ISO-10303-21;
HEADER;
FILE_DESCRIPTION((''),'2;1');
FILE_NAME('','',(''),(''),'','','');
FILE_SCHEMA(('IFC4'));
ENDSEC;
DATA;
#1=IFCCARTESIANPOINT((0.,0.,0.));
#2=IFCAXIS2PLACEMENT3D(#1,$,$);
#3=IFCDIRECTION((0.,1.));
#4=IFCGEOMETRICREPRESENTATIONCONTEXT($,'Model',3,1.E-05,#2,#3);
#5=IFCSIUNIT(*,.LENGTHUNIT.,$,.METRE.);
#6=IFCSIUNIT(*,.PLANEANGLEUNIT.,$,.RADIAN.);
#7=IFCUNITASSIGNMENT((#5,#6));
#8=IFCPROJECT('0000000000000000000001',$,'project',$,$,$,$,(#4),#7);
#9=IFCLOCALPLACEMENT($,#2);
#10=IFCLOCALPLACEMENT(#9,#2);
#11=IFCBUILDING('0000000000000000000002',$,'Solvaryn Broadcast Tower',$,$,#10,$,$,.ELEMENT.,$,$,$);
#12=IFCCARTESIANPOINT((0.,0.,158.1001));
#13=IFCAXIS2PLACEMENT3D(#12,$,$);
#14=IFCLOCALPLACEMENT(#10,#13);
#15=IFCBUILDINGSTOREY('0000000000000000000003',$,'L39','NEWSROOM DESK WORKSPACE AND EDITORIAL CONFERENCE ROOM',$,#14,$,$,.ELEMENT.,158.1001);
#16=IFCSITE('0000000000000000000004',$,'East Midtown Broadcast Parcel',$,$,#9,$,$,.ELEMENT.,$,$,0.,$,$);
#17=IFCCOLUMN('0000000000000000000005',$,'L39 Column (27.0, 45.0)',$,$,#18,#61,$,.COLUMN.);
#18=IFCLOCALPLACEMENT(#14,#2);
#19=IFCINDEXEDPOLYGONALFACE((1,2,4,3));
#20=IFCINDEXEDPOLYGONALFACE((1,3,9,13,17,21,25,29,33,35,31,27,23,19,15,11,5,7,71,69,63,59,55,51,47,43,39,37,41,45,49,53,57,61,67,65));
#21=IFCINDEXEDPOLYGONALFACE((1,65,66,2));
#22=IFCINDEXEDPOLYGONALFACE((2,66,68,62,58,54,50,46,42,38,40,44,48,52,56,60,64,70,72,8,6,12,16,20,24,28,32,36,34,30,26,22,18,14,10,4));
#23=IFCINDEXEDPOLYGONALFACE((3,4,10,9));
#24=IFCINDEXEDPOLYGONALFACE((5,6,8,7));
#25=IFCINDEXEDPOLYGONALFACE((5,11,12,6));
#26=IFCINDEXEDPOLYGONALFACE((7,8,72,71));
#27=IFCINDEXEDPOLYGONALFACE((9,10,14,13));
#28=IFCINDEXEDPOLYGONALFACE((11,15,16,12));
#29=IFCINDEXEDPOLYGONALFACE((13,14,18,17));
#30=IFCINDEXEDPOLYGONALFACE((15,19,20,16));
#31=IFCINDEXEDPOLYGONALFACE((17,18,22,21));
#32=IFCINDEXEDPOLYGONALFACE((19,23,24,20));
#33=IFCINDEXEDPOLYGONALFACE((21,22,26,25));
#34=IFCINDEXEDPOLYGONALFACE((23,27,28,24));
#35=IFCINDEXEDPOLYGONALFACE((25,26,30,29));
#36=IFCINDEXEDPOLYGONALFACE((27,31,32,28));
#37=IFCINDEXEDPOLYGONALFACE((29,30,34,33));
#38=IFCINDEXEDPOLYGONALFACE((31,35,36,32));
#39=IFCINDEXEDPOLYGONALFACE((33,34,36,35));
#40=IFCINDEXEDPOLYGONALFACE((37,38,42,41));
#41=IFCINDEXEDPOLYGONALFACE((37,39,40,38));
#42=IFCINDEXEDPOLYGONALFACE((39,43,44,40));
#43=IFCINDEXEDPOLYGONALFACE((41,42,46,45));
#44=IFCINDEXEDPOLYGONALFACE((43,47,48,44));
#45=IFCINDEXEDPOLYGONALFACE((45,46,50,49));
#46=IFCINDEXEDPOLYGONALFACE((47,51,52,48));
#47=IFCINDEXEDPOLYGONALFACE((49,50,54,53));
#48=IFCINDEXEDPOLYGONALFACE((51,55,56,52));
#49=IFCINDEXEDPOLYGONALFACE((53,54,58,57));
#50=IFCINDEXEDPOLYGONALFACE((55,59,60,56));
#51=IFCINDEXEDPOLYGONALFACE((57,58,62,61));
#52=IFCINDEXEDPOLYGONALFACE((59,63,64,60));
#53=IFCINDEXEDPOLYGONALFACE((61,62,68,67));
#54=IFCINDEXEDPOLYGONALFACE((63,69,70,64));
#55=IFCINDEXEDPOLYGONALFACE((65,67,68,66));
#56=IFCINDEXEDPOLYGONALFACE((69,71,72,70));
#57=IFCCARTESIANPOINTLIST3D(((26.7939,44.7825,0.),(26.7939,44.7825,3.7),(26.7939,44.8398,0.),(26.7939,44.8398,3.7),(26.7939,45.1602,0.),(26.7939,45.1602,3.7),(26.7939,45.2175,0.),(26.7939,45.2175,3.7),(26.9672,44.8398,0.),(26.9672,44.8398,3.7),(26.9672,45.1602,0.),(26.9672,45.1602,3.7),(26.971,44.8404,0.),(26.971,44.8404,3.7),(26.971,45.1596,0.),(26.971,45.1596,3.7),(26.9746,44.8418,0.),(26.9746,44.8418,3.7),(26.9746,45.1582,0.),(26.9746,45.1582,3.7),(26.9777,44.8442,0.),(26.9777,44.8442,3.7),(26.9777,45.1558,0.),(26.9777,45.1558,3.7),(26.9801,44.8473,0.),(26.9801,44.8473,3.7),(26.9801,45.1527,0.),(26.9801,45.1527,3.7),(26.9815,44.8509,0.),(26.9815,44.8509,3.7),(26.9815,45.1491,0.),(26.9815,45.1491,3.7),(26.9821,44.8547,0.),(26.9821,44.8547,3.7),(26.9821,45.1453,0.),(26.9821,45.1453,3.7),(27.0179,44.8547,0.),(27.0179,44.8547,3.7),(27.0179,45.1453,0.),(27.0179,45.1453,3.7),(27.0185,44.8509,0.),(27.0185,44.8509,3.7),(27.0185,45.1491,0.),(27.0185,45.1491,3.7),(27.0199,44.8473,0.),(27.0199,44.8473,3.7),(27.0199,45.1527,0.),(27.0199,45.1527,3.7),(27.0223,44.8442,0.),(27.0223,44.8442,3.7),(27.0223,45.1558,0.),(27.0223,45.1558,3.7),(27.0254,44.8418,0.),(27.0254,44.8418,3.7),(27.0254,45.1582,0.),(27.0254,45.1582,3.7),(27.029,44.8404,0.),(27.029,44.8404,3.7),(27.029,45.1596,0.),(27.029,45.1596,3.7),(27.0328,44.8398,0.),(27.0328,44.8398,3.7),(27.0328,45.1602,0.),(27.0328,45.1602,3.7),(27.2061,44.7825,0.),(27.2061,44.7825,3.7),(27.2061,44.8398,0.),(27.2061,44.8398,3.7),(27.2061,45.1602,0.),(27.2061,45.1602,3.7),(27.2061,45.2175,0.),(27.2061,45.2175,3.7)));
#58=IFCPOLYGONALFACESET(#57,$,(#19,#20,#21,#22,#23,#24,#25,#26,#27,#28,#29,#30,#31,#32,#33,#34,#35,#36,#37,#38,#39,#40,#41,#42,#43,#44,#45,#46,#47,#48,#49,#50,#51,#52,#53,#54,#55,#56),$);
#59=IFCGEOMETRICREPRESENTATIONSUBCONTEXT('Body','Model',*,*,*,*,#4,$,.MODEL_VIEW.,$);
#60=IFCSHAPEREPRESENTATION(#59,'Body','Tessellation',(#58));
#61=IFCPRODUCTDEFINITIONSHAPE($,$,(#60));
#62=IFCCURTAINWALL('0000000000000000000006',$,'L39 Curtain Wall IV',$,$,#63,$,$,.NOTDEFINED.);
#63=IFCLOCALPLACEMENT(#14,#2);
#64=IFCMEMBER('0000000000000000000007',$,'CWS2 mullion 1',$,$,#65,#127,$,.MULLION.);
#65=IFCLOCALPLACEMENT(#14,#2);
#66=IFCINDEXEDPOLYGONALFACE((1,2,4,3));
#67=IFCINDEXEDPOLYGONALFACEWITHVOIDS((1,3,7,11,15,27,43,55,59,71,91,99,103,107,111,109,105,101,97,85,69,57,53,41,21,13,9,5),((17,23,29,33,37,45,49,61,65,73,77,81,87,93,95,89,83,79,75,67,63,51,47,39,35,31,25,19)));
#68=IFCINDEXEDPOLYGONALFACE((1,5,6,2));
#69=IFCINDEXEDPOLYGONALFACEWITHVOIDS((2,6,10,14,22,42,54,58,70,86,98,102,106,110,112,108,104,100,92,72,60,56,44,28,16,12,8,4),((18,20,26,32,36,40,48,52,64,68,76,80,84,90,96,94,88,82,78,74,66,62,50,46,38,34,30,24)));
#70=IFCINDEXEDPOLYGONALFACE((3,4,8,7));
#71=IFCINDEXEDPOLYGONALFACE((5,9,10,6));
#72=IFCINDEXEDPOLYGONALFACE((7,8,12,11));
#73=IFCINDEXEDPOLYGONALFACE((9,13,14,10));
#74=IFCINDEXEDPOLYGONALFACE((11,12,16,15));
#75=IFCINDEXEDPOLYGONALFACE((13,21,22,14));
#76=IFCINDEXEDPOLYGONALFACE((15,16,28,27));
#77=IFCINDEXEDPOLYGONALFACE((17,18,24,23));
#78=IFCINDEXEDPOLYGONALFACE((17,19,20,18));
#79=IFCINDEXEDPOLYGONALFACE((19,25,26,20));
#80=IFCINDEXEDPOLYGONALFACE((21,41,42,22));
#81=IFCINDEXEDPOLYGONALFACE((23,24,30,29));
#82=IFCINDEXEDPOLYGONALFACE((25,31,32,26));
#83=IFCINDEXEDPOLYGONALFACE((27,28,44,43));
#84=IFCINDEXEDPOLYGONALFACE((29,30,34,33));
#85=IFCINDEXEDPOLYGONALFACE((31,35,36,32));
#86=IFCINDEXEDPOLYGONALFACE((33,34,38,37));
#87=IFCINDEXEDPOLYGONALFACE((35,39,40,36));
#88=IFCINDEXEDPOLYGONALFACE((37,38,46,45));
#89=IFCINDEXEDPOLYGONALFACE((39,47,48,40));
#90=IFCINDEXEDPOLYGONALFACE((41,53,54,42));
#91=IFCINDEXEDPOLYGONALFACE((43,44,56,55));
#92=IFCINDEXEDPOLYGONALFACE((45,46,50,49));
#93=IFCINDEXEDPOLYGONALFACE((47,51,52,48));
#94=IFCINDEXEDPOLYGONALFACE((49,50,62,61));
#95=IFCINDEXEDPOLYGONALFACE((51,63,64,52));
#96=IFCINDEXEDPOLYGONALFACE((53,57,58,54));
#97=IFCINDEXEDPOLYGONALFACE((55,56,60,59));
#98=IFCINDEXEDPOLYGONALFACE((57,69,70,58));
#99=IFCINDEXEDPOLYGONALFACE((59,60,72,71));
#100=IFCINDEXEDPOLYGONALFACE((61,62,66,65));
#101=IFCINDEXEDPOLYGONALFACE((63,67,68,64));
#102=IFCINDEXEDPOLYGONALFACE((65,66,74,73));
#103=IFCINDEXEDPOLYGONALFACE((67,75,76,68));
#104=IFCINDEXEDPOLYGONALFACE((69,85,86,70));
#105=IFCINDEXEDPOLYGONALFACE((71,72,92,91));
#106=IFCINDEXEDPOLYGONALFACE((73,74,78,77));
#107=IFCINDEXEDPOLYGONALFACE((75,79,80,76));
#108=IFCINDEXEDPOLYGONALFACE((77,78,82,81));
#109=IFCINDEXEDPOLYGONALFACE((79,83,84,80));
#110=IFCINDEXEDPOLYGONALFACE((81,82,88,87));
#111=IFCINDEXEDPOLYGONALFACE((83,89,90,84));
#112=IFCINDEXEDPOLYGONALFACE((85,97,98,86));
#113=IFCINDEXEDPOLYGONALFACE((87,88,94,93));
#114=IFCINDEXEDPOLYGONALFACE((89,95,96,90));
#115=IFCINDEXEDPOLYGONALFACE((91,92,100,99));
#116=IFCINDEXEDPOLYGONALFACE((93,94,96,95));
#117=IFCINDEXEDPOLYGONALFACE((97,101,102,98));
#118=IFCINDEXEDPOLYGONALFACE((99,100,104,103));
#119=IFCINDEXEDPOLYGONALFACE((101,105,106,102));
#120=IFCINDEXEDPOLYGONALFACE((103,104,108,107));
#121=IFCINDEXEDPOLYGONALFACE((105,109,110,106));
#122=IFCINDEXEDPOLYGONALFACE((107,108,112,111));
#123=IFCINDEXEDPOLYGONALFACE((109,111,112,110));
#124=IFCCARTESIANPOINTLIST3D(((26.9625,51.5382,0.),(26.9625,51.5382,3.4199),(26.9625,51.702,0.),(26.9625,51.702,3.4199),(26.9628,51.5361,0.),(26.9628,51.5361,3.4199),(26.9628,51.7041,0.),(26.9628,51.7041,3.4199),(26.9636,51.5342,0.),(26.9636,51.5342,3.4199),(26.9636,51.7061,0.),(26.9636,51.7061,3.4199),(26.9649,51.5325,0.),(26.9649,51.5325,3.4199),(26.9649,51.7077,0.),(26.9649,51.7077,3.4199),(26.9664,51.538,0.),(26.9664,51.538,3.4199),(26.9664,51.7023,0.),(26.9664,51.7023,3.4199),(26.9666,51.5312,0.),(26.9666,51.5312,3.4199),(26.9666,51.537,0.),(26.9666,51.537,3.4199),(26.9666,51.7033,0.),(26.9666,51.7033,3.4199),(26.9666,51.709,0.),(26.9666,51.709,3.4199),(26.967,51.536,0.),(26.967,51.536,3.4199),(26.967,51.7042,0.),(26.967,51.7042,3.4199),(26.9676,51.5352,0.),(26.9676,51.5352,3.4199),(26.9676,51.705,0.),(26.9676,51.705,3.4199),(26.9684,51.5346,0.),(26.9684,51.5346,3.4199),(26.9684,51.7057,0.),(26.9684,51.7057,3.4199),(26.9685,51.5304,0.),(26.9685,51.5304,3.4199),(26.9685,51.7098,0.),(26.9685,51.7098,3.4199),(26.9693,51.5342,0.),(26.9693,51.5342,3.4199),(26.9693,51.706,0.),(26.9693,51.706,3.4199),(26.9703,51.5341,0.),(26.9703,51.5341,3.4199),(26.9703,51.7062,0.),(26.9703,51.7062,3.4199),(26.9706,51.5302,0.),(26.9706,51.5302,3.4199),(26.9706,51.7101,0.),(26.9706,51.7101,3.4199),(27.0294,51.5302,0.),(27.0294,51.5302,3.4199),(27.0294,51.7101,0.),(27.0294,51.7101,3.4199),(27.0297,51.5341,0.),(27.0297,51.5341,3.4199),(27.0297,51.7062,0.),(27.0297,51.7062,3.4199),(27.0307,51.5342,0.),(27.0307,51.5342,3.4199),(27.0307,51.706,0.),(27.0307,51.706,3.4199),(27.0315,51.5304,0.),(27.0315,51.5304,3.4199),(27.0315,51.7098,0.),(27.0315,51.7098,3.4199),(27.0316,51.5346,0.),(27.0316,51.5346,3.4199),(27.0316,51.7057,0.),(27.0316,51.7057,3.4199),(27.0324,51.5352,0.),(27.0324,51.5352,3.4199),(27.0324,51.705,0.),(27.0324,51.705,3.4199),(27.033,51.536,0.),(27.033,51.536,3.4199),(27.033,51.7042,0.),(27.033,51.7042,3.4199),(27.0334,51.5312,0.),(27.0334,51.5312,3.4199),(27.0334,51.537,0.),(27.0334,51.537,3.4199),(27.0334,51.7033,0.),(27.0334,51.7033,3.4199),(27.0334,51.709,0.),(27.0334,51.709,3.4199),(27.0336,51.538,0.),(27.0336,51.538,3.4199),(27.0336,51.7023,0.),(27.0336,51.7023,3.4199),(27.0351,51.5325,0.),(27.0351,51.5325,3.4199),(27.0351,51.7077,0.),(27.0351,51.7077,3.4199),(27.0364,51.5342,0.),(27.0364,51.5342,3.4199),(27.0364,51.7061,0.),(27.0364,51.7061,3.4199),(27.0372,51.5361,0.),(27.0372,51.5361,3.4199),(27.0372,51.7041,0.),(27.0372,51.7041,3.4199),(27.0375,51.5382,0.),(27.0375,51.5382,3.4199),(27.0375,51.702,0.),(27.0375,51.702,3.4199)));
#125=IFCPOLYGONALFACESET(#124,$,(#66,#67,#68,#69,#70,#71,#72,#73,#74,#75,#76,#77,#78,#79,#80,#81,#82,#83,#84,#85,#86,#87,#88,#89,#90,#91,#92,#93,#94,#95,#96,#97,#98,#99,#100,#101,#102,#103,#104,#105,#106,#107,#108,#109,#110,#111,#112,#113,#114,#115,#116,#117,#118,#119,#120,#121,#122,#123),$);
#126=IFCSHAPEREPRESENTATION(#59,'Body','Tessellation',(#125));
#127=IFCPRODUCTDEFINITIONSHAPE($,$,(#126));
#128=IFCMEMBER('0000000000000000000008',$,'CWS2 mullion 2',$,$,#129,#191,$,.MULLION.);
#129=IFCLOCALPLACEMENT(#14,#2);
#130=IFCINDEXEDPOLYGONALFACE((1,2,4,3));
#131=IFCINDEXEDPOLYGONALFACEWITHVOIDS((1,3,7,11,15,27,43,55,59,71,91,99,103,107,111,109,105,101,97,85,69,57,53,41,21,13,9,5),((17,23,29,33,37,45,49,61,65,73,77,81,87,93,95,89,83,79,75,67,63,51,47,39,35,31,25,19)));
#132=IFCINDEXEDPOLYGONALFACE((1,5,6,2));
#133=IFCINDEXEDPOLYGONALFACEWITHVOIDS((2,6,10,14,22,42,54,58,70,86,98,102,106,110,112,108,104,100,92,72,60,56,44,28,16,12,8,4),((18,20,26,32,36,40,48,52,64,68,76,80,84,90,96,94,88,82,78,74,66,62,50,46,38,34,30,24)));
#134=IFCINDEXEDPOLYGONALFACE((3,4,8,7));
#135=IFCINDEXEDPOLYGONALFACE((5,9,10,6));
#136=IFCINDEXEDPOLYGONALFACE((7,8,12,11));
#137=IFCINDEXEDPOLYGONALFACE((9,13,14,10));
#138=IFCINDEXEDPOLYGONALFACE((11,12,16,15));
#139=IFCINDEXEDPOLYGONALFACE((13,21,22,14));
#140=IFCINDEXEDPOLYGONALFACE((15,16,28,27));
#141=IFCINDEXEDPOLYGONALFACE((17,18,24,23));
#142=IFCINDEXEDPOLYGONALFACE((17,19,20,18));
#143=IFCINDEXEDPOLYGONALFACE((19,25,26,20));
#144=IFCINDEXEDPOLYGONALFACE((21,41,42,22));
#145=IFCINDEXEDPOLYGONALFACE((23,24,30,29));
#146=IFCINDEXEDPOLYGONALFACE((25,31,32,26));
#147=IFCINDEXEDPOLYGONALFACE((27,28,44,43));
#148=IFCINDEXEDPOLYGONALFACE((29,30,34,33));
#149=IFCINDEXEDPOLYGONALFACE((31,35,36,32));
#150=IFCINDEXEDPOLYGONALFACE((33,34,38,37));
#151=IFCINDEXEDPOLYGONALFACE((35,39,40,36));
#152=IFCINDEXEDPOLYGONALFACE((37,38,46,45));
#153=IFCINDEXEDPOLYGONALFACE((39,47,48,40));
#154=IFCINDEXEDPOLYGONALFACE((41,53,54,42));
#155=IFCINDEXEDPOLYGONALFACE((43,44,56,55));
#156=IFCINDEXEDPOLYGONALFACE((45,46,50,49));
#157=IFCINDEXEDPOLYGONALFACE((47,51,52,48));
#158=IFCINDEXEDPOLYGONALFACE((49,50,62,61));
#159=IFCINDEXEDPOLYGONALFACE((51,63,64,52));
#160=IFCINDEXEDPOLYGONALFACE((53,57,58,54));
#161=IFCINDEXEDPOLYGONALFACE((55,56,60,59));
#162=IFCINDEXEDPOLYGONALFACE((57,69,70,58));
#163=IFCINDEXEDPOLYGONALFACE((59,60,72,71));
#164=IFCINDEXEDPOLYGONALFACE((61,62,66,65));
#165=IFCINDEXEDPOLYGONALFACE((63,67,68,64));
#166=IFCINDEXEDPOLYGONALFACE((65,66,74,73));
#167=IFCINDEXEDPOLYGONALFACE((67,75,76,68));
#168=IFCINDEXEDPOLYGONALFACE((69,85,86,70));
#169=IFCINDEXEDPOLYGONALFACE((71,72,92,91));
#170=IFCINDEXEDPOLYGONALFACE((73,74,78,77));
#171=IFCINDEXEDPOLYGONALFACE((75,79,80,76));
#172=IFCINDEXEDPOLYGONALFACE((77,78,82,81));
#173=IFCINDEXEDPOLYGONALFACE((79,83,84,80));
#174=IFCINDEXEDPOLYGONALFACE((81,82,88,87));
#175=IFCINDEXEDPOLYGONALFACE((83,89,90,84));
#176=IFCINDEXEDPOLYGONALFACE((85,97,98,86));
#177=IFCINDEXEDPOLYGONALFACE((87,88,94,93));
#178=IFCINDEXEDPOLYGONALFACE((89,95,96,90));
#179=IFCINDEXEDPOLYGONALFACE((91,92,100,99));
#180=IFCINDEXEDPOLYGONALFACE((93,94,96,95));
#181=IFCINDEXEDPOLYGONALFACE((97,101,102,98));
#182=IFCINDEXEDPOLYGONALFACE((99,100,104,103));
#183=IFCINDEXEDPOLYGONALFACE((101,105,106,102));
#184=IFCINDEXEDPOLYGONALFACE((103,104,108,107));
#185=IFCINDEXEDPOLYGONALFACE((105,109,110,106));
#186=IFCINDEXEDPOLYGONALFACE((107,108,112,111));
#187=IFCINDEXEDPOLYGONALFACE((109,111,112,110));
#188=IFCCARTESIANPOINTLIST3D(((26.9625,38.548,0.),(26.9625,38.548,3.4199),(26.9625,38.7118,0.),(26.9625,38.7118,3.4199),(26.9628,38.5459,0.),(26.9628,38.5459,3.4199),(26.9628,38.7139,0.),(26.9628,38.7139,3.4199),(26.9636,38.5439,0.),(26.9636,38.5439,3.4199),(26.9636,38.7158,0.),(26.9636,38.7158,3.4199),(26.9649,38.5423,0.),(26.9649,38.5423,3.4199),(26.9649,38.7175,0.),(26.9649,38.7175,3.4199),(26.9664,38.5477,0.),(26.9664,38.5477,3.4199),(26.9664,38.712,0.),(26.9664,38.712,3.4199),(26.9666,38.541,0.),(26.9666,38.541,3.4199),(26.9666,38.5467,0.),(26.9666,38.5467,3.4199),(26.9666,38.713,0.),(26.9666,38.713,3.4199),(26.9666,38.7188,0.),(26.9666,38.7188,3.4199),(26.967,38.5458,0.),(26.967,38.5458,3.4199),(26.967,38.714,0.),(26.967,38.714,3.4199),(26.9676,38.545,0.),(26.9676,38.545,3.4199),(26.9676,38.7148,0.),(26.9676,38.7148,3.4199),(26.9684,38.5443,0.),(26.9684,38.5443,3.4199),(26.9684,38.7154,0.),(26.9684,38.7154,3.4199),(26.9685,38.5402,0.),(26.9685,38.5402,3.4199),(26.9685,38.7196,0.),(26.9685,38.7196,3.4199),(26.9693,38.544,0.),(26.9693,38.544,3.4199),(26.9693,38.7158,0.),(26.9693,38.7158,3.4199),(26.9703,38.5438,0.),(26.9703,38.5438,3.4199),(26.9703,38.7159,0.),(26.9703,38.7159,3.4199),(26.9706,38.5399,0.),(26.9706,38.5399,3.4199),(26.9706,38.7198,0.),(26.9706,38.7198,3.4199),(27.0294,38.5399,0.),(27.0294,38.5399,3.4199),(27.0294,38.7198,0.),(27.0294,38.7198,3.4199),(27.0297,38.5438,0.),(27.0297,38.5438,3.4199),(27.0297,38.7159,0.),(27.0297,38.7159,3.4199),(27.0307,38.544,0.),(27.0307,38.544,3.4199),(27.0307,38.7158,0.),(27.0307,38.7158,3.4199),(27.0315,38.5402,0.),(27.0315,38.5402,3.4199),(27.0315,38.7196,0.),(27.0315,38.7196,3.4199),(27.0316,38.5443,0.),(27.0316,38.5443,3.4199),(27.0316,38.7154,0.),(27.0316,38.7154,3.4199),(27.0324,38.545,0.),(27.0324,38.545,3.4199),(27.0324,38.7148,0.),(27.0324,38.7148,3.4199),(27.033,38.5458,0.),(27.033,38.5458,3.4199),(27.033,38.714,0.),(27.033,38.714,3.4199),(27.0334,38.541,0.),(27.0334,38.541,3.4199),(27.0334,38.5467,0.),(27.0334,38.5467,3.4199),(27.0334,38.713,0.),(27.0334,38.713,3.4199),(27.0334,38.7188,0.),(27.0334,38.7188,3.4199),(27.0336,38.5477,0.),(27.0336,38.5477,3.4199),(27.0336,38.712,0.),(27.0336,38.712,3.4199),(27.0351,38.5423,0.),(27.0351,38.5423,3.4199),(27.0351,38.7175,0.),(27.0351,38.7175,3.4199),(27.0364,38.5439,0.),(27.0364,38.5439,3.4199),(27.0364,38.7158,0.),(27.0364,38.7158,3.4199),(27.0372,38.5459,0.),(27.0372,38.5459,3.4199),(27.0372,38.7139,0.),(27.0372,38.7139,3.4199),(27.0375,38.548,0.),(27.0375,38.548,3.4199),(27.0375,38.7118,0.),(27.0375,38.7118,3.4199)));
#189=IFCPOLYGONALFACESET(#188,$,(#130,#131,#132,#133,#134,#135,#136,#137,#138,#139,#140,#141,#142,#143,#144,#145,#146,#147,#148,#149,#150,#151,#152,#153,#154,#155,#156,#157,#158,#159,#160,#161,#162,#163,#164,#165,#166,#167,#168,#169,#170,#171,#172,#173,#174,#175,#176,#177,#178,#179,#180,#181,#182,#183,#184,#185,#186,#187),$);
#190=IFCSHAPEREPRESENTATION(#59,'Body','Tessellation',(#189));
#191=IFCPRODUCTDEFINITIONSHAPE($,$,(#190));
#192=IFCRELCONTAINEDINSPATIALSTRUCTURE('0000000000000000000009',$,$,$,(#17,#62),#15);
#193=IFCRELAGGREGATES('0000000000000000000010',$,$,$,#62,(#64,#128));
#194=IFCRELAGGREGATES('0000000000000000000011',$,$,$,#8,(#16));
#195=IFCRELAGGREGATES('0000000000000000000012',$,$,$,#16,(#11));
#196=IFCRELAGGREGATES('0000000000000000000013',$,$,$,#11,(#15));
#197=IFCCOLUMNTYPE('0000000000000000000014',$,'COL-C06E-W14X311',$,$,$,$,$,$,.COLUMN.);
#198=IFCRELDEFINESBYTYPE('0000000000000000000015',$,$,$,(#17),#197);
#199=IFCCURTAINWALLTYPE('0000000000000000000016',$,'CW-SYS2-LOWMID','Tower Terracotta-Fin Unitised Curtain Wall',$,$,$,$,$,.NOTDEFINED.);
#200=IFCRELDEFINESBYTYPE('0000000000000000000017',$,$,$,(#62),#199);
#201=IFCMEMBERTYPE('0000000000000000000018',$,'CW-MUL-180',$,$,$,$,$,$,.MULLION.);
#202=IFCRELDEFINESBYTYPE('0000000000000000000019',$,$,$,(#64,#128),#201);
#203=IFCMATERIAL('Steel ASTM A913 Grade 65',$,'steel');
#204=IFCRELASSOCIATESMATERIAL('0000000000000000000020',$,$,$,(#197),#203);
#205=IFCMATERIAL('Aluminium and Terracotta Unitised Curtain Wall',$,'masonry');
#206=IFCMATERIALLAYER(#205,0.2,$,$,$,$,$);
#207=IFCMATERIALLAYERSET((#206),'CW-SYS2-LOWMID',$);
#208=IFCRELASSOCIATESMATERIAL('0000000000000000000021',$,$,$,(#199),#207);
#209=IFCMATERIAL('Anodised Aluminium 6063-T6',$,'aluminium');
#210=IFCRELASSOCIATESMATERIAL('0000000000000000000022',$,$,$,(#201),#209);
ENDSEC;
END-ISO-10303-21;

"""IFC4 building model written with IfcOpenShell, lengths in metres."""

from ifc_helpers import new_model, si_unit, direction, frame, origin, origin_2d, place, context, subcontext, project, spatial, hollow_rectangle, i_section, extrude, material, layer, layer_set, material_profile, profile_set, type_object, element, aggregate, save


model = new_model("IFC4")

# Units and contexts
model_context = context("Model", 3, precision=1e-05, world=origin(), true_north=direction((0.0, 1.0)))
body_context = subcontext(model_context, "Body", "Model", "MODEL_VIEW")
ifc_project = project(units=[si_unit("LENGTHUNIT", "METRE"), si_unit("PLANEANGLEUNIT", "RADIAN")], contexts=[model_context])

# Site, building, storey
site_placement = place(None, origin())
site = spatial("IfcSite", under=ifc_project, at=site_placement, Name="East Midtown Broadcast Parcel", CompositionType="ELEMENT", RefElevation=0.0)
building_placement = place(site_placement, origin())
building = spatial("IfcBuilding", under=site, at=building_placement, Name="Solvaryn Broadcast Tower", CompositionType="ELEMENT")
storey_placement = place(building_placement, frame((0.0, 0.0, 158.1001)))
storey = spatial("IfcBuildingStorey", under=building, at=storey_placement, Name="L39", Description="NEWSROOM DESK WORKSPACE AND EDITORIAL CONFERENCE ROOM", CompositionType="ELEMENT", Elevation=158.1001)

# Column
ifc_material_1 = material(Name="Steel ASTM A913 Grade 65", Category="steel")
ifc_material_profile_1 = material_profile(ifc_material_1, i_section(OverallWidth=0.4121, OverallDepth=0.4351, WebThickness=0.0359, FlangeThickness=0.0574, FilletRadius=0.0149, at=origin_2d()))
ifc_profile_set_1 = profile_set([ifc_material_profile_1], Name="Steel ASTM A913 Grade 65")
column_type = type_object("IfcColumnType", Name="COL-C06E-W14X311", PredefinedType="COLUMN", material=ifc_profile_set_1)
column_placement = place(storey_placement, frame((27.0, 45.0, 0.0), z_axis=(0.0, 0.0, 1.0), x_axis=(1.0, 0.0, 0.0)))
element("IfcColumn", 1, at=column_placement, inside=storey, type_object=column_type, Name="L39 Column (27.0, 45.0)", PredefinedType="COLUMN", context=body_context, shape_type="SweptSolid", body=[
    extrude(i_section(OverallWidth=0.4121, OverallDepth=0.4351, WebThickness=0.0359, FlangeThickness=0.0574, FilletRadius=0.0149, at=origin_2d()), origin(), (0.0, 0.0, 1.0), 3.7),
])

# Curtain wall, members
ifc_material_2 = material(Name="Aluminium and Terracotta Unitised Curtain Wall", Category="masonry")
ifc_layer_1 = layer(ifc_material_2, 0.2)
ifc_layer_set_1 = layer_set([ifc_layer_1], Name="CW-SYS2-LOWMID")
curtain_wall_type = type_object("IfcCurtainWallType", Name="CW-SYS2-LOWMID", Description="Tower Terracotta-Fin Unitised Curtain Wall", PredefinedType="NOTDEFINED", material=ifc_layer_set_1)
curtain_wall_1_placement = place(storey_placement, origin())
curtain_wall_1 = element("IfcCurtainWall", 2, at=curtain_wall_1_placement, inside=storey, type_object=curtain_wall_type, Name="L39 Curtain Wall IV", PredefinedType="NOTDEFINED")
ifc_material_3 = material(Name="Anodised Aluminium 6063-T6", Category="aluminium")
ifc_material_profile_2 = material_profile(ifc_material_3, hollow_rectangle(XDim=0.075, YDim=0.1799, WallThickness=0.0039, InnerFilletRadius=0.0039, OuterFilletRadius=0.0081, at=origin_2d()))
ifc_profile_set_2 = profile_set([ifc_material_profile_2], Name="Anodised Aluminium 6063-T6")
member_type_1 = type_object("IfcMemberType", Name="CW-MUL-180", PredefinedType="MULLION", material=ifc_profile_set_2)
member_1_placement = place(storey_placement, frame((27.0, 51.6201, 0.0), z_axis=(0.0, 0.0, 1.0), x_axis=(1.0, 0.0, 0.0)))
member_1 = element("IfcMember", 3, at=member_1_placement, type_object=member_type_1, Name="CWS2 mullion 1", PredefinedType="MULLION", context=body_context, shape_type="SweptSolid", body=[
    extrude(hollow_rectangle(XDim=0.075, YDim=0.1799, WallThickness=0.0039, InnerFilletRadius=0.0039, OuterFilletRadius=0.0081, at=origin_2d()), origin(), (0.0, 0.0, 1.0), 3.4199),
])
member_2_placement = place(storey_placement, frame((27.0, 38.6299, 0.0), z_axis=(0.0, 0.0, 1.0), x_axis=(1.0, 0.0, 0.0)))
member_2 = element("IfcMember", 4, at=member_2_placement, type_object=member_type_1, Name="CWS2 mullion 2", PredefinedType="MULLION", context=body_context, shape_type="SweptSolid", body=[
    extrude(hollow_rectangle(XDim=0.075, YDim=0.1799, WallThickness=0.0039, InnerFilletRadius=0.0039, OuterFilletRadius=0.0081, at=origin_2d()), origin(), (0.0, 0.0, 1.0), 3.4199),
])

aggregate(curtain_wall_1, [member_1, member_2])

save(model, "model.ifc")
